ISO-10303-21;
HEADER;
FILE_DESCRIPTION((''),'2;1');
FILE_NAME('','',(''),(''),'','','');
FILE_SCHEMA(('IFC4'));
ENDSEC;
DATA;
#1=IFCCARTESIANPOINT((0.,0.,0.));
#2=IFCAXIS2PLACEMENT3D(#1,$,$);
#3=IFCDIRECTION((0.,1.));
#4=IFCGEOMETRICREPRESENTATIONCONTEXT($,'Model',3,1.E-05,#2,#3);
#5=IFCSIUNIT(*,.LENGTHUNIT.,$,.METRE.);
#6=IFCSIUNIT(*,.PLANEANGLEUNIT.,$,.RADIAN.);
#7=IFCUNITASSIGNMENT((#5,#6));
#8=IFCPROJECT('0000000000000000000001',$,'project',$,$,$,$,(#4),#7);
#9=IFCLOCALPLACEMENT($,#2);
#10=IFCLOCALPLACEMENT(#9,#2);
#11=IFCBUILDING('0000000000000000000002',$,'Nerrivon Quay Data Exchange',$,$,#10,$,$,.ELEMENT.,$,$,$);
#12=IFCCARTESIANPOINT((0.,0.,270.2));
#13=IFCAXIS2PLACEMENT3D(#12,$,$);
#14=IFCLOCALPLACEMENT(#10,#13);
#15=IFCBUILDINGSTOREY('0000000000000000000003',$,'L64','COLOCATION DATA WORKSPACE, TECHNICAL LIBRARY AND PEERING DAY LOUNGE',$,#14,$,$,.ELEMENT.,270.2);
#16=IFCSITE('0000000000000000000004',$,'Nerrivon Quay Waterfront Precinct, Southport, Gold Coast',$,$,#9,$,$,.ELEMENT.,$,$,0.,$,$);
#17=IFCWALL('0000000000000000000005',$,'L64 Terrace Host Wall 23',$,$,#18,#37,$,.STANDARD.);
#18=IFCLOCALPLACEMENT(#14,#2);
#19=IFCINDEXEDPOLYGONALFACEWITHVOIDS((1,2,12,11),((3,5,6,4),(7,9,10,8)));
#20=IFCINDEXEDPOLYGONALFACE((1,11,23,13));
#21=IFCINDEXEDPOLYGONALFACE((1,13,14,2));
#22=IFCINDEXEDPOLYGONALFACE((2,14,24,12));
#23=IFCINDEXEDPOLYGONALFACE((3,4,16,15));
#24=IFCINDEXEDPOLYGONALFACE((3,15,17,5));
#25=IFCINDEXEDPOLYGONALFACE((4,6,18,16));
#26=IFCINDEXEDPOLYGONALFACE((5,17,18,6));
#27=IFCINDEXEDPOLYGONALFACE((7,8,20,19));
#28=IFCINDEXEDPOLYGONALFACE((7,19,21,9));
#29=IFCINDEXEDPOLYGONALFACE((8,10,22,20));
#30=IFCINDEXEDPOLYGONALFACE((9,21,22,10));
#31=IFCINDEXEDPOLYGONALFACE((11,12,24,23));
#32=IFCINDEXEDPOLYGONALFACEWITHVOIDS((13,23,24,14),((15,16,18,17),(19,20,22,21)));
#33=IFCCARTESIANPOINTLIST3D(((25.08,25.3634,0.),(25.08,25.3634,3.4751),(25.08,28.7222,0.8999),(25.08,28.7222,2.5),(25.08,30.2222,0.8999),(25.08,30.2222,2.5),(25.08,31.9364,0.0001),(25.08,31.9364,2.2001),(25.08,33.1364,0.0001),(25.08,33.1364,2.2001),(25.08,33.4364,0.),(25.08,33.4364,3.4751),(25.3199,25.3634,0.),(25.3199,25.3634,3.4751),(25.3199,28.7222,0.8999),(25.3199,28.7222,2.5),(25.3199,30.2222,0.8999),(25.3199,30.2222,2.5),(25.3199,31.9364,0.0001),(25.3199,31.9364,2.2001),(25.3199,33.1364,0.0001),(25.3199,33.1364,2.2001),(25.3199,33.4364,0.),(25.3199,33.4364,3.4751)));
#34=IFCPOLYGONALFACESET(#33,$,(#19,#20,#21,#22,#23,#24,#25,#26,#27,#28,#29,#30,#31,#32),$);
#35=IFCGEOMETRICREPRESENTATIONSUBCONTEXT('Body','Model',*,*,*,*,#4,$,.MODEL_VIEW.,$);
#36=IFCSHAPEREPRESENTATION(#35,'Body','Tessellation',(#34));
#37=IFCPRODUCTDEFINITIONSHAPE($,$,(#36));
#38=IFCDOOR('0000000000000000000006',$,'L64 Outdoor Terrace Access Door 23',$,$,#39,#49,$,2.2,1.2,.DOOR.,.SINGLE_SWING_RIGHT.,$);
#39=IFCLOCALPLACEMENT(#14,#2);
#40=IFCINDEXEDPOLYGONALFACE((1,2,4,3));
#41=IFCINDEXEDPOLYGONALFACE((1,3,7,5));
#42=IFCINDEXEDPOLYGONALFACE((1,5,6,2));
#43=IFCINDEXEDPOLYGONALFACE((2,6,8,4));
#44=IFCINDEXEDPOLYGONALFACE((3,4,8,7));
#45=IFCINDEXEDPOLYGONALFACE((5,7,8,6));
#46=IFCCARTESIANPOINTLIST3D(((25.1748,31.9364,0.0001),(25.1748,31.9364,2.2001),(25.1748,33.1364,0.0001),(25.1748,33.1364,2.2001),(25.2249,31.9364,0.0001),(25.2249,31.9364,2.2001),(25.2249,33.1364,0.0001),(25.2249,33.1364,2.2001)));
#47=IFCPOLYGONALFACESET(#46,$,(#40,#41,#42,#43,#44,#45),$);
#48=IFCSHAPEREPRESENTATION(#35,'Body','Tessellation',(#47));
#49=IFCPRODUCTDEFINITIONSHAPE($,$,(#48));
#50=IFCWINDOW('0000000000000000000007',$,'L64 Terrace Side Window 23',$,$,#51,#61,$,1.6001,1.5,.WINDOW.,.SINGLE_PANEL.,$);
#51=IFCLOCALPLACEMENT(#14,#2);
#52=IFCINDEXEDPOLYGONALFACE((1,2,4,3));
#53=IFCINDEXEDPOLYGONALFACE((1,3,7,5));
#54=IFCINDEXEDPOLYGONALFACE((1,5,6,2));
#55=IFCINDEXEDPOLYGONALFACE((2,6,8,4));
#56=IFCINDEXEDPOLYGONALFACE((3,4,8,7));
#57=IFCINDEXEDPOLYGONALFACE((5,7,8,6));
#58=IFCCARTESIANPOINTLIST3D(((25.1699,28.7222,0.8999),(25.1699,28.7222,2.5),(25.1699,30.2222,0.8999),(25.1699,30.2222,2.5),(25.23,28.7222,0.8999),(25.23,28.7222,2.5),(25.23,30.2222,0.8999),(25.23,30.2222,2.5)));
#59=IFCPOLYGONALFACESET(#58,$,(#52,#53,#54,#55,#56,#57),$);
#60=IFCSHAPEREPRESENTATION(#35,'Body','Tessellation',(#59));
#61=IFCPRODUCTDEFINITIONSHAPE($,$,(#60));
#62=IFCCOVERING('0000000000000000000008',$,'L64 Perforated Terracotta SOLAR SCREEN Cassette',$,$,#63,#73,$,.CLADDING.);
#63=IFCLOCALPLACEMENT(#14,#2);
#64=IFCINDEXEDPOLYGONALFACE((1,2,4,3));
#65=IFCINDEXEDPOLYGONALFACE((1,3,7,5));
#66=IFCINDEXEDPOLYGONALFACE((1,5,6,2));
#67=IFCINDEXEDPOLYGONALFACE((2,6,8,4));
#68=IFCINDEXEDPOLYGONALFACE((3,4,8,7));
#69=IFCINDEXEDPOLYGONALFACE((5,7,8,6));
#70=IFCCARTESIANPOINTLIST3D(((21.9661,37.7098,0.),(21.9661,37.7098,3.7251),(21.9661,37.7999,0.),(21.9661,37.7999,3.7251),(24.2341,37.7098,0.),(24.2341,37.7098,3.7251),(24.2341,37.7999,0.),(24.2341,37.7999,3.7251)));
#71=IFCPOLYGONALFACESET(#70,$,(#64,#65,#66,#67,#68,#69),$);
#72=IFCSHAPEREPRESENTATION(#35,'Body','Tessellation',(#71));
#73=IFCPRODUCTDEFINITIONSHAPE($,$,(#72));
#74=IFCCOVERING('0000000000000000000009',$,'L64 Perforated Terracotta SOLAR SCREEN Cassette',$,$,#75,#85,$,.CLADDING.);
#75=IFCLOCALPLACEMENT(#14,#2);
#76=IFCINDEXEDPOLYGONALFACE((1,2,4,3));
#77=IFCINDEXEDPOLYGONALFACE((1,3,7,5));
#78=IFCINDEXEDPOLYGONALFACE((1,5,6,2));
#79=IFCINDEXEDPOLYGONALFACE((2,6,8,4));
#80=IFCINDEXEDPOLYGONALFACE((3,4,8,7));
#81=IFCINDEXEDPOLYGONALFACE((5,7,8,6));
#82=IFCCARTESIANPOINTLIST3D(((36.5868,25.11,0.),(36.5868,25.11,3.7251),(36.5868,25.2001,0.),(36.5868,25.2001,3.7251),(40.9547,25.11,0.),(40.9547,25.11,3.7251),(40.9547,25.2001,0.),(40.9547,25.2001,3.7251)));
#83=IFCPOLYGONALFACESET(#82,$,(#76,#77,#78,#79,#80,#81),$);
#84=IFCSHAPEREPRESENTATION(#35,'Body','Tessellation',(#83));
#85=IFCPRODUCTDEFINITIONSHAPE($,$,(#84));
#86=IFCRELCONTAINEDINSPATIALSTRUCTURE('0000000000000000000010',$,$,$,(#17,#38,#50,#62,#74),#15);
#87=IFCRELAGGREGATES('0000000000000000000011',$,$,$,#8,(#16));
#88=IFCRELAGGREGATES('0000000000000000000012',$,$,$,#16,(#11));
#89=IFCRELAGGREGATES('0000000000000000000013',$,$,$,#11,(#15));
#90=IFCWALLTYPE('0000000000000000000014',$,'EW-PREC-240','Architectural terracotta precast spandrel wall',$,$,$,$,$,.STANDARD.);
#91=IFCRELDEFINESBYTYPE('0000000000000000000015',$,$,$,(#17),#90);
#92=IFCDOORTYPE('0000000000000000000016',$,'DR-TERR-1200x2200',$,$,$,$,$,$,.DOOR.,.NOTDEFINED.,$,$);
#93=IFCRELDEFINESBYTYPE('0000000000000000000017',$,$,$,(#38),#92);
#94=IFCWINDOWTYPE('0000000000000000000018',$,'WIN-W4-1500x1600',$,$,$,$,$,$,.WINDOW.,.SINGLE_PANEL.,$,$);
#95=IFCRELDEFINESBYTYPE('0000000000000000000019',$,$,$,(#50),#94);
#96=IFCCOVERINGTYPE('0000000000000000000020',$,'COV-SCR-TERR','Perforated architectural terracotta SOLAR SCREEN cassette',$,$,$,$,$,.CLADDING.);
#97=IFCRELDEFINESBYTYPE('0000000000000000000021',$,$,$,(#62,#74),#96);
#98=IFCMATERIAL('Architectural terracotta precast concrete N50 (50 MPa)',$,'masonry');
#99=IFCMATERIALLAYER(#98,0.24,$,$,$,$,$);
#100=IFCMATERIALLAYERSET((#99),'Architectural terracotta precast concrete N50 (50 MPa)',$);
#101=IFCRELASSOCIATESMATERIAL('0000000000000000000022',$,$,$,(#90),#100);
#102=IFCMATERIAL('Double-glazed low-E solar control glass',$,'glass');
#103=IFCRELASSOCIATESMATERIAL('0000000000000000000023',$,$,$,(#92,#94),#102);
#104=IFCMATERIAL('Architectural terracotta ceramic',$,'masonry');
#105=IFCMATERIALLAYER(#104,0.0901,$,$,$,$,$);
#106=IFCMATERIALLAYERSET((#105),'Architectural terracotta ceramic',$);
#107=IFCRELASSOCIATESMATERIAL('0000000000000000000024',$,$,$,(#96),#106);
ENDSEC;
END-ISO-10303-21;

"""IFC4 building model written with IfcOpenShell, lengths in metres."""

from ifc_helpers import new_model, si_unit, direction, frame, frame_2d, origin, origin_2d, place, context, subcontext, project, spatial, rectangle, extrude, material, layer, layer_set, type_object, element, fill, save


model = new_model("IFC4")

# Units and contexts
model_context = context("Model", 3, precision=1e-05, world=origin(), true_north=direction((0.0, 1.0)))
body_context = subcontext(model_context, "Body", "Model", "MODEL_VIEW")
ifc_project = project(units=[si_unit("LENGTHUNIT", "METRE"), si_unit("PLANEANGLEUNIT", "RADIAN")], contexts=[model_context])

# Site, building, storey
site_placement = place(None, origin())
site = spatial("IfcSite", under=ifc_project, at=site_placement, Name="Nerrivon Quay Waterfront Precinct, Southport, Gold Coast", CompositionType="ELEMENT", RefElevation=0.0)
building_placement = place(site_placement, origin())
building = spatial("IfcBuilding", under=site, at=building_placement, Name="Nerrivon Quay Data Exchange", CompositionType="ELEMENT")
storey_placement = place(building_placement, frame((0.0, 0.0, 270.2)))
storey = spatial("IfcBuildingStorey", under=building, at=storey_placement, Name="L64", Description="COLOCATION DATA WORKSPACE, TECHNICAL LIBRARY AND PEERING DAY LOUNGE", CompositionType="ELEMENT", Elevation=270.2)

# Shared definitions
ifc_material_1 = material(Name="Double-glazed low-E solar control glass", Category="glass")

# Shared definitions
ifc_material_2 = material(Name="Architectural terracotta precast concrete N50 (50 MPa)", Category="masonry")
ifc_layer_1 = layer(ifc_material_2, 0.24)
ifc_layer_set_1 = layer_set([ifc_layer_1], Name="Architectural terracotta precast concrete N50 (50 MPa)")
wall_type = type_object("IfcWallType", Name="EW-PREC-240", Description="Architectural terracotta precast spandrel wall", PredefinedType="STANDARD", material=ifc_layer_set_1)
door_type = type_object("IfcDoorType", Name="DR-TERR-1200x2200", OperationType="NOTDEFINED", PredefinedType="DOOR", material=ifc_material_1)

# Wall, openings, door, window
wall_1_placement = place(storey_placement, frame((25.2, 33.4365, 0.0), z_axis=(0.0, 0.0, 1.0), x_axis=(0.0, -1.0, 0.0)))
wall_1 = element("IfcWall", 1, at=wall_1_placement, inside=storey, type_object=wall_type, Name="L64 Terrace Host Wall 23", PredefinedType="STANDARD", context=body_context, shape_type="SweptSolid", body=[
    extrude(rectangle(XDim=8.073, YDim=0.24, at=frame_2d((4.0366, 0.0))), origin(), (0.0, 0.0, 1.0), 3.4751),
])
opening_1_placement = place(wall_1_placement, frame((0.3, 0.0, 0.0)))
opening_1 = element("IfcOpeningElement", 2, at=opening_1_placement, cuts=wall_1, PredefinedType="OPENING", context=body_context, shape_type="SweptSolid", body=[
    extrude(rectangle(XDim=1.2, YDim=2.2, at=frame_2d((0.6001, 1.1001))), frame((0.0, 0.1299, 0.0), z_axis=(0.0, -1.0, 0.0), x_axis=(1.0, 0.0, 0.0)), (0.0, 0.0, 1.0), 0.26),
])
opening_2_placement = place(wall_1_placement, frame((3.2144, 0.0, 0.8999)))
opening_2 = element("IfcOpeningElement", 3, at=opening_2_placement, cuts=wall_1, PredefinedType="OPENING", context=body_context, shape_type="SweptSolid", body=[
    extrude(rectangle(XDim=1.5, YDim=1.6001, at=frame_2d((0.75, 0.8))), frame((0.0, 0.1299, 0.0), z_axis=(0.0, -1.0, 0.0), x_axis=(1.0, 0.0, 0.0)), (0.0, 0.0, 1.0), 0.26),
])
door_1_placement = place(opening_1_placement, origin())
door_1 = element("IfcDoor", 4, at=door_1_placement, inside=storey, type_object=door_type, Name="L64 Outdoor Terrace Access Door 23", OperationType="SINGLE_SWING_RIGHT", OverallHeight=2.2, OverallWidth=1.2, PredefinedType="DOOR", context=body_context, shape_type="SweptSolid", body=[
    extrude(rectangle(XDim=1.2, YDim=2.2, at=frame_2d((0.6001, 1.1001))), frame((0.0, 0.0249, 0.0), z_axis=(0.0, -1.0, 0.0), x_axis=(1.0, 0.0, 0.0)), (0.0, 0.0, 1.0), 0.05),
])
fill(opening_1, door_1)
window_type = type_object("IfcWindowType", Name="WIN-W4-1500x1600", PartitioningType="SINGLE_PANEL", PredefinedType="WINDOW", material=ifc_material_1)
window_placement = place(opening_2_placement, origin())
window = element("IfcWindow", 5, at=window_placement, inside=storey, type_object=window_type, Name="L64 Terrace Side Window 23", OverallHeight=1.6001, OverallWidth=1.5, PartitioningType="SINGLE_PANEL", PredefinedType="WINDOW", context=body_context, shape_type="SweptSolid", body=[
    extrude(rectangle(XDim=1.5, YDim=1.6001, at=frame_2d((0.75, 0.8))), frame((0.0, 0.03, 0.0), z_axis=(0.0, -1.0, 0.0), x_axis=(1.0, 0.0, 0.0)), (0.0, 0.0, 1.0), 0.0601),
])
fill(opening_2, window)

# Coverings
ifc_material_3 = material(Name="Architectural terracotta ceramic", Category="masonry")
ifc_layer_2 = layer(ifc_material_3, 0.0901)
ifc_layer_set_2 = layer_set([ifc_layer_2], Name="Architectural terracotta ceramic")
covering_type = type_object("IfcCoveringType", Name="COV-SCR-TERR", Description="Perforated architectural terracotta SOLAR SCREEN cassette", PredefinedType="CLADDING", material=ifc_layer_set_2)
covering_1_placement = place(storey_placement, frame((23.1001, 37.7549, 0.0), z_axis=(0.0, 0.0, 1.0), x_axis=(1.0, 0.0, 0.0)))
element("IfcCovering", 6, at=covering_1_placement, inside=storey, type_object=covering_type, Name="L64 Perforated Terracotta SOLAR SCREEN Cassette", PredefinedType="CLADDING", context=body_context, shape_type="SweptSolid", body=[
    extrude(rectangle(XDim=2.2681, YDim=0.0901, at=origin_2d()), origin(), (0.0, 0.0, 1.0), 3.7251),
])
covering_2_placement = place(storey_placement, frame((38.7708, 25.155, 0.0), z_axis=(0.0, 0.0, 1.0), x_axis=(1.0, 0.0, 0.0)))
element("IfcCovering", 7, at=covering_2_placement, inside=storey, type_object=covering_type, Name="L64 Perforated Terracotta SOLAR SCREEN Cassette", PredefinedType="CLADDING", context=body_context, shape_type="SweptSolid", body=[
    extrude(rectangle(XDim=4.3679, YDim=0.0901, at=origin_2d()), origin(), (0.0, 0.0, 1.0), 3.7251),
])

save(model, "model.ifc")
